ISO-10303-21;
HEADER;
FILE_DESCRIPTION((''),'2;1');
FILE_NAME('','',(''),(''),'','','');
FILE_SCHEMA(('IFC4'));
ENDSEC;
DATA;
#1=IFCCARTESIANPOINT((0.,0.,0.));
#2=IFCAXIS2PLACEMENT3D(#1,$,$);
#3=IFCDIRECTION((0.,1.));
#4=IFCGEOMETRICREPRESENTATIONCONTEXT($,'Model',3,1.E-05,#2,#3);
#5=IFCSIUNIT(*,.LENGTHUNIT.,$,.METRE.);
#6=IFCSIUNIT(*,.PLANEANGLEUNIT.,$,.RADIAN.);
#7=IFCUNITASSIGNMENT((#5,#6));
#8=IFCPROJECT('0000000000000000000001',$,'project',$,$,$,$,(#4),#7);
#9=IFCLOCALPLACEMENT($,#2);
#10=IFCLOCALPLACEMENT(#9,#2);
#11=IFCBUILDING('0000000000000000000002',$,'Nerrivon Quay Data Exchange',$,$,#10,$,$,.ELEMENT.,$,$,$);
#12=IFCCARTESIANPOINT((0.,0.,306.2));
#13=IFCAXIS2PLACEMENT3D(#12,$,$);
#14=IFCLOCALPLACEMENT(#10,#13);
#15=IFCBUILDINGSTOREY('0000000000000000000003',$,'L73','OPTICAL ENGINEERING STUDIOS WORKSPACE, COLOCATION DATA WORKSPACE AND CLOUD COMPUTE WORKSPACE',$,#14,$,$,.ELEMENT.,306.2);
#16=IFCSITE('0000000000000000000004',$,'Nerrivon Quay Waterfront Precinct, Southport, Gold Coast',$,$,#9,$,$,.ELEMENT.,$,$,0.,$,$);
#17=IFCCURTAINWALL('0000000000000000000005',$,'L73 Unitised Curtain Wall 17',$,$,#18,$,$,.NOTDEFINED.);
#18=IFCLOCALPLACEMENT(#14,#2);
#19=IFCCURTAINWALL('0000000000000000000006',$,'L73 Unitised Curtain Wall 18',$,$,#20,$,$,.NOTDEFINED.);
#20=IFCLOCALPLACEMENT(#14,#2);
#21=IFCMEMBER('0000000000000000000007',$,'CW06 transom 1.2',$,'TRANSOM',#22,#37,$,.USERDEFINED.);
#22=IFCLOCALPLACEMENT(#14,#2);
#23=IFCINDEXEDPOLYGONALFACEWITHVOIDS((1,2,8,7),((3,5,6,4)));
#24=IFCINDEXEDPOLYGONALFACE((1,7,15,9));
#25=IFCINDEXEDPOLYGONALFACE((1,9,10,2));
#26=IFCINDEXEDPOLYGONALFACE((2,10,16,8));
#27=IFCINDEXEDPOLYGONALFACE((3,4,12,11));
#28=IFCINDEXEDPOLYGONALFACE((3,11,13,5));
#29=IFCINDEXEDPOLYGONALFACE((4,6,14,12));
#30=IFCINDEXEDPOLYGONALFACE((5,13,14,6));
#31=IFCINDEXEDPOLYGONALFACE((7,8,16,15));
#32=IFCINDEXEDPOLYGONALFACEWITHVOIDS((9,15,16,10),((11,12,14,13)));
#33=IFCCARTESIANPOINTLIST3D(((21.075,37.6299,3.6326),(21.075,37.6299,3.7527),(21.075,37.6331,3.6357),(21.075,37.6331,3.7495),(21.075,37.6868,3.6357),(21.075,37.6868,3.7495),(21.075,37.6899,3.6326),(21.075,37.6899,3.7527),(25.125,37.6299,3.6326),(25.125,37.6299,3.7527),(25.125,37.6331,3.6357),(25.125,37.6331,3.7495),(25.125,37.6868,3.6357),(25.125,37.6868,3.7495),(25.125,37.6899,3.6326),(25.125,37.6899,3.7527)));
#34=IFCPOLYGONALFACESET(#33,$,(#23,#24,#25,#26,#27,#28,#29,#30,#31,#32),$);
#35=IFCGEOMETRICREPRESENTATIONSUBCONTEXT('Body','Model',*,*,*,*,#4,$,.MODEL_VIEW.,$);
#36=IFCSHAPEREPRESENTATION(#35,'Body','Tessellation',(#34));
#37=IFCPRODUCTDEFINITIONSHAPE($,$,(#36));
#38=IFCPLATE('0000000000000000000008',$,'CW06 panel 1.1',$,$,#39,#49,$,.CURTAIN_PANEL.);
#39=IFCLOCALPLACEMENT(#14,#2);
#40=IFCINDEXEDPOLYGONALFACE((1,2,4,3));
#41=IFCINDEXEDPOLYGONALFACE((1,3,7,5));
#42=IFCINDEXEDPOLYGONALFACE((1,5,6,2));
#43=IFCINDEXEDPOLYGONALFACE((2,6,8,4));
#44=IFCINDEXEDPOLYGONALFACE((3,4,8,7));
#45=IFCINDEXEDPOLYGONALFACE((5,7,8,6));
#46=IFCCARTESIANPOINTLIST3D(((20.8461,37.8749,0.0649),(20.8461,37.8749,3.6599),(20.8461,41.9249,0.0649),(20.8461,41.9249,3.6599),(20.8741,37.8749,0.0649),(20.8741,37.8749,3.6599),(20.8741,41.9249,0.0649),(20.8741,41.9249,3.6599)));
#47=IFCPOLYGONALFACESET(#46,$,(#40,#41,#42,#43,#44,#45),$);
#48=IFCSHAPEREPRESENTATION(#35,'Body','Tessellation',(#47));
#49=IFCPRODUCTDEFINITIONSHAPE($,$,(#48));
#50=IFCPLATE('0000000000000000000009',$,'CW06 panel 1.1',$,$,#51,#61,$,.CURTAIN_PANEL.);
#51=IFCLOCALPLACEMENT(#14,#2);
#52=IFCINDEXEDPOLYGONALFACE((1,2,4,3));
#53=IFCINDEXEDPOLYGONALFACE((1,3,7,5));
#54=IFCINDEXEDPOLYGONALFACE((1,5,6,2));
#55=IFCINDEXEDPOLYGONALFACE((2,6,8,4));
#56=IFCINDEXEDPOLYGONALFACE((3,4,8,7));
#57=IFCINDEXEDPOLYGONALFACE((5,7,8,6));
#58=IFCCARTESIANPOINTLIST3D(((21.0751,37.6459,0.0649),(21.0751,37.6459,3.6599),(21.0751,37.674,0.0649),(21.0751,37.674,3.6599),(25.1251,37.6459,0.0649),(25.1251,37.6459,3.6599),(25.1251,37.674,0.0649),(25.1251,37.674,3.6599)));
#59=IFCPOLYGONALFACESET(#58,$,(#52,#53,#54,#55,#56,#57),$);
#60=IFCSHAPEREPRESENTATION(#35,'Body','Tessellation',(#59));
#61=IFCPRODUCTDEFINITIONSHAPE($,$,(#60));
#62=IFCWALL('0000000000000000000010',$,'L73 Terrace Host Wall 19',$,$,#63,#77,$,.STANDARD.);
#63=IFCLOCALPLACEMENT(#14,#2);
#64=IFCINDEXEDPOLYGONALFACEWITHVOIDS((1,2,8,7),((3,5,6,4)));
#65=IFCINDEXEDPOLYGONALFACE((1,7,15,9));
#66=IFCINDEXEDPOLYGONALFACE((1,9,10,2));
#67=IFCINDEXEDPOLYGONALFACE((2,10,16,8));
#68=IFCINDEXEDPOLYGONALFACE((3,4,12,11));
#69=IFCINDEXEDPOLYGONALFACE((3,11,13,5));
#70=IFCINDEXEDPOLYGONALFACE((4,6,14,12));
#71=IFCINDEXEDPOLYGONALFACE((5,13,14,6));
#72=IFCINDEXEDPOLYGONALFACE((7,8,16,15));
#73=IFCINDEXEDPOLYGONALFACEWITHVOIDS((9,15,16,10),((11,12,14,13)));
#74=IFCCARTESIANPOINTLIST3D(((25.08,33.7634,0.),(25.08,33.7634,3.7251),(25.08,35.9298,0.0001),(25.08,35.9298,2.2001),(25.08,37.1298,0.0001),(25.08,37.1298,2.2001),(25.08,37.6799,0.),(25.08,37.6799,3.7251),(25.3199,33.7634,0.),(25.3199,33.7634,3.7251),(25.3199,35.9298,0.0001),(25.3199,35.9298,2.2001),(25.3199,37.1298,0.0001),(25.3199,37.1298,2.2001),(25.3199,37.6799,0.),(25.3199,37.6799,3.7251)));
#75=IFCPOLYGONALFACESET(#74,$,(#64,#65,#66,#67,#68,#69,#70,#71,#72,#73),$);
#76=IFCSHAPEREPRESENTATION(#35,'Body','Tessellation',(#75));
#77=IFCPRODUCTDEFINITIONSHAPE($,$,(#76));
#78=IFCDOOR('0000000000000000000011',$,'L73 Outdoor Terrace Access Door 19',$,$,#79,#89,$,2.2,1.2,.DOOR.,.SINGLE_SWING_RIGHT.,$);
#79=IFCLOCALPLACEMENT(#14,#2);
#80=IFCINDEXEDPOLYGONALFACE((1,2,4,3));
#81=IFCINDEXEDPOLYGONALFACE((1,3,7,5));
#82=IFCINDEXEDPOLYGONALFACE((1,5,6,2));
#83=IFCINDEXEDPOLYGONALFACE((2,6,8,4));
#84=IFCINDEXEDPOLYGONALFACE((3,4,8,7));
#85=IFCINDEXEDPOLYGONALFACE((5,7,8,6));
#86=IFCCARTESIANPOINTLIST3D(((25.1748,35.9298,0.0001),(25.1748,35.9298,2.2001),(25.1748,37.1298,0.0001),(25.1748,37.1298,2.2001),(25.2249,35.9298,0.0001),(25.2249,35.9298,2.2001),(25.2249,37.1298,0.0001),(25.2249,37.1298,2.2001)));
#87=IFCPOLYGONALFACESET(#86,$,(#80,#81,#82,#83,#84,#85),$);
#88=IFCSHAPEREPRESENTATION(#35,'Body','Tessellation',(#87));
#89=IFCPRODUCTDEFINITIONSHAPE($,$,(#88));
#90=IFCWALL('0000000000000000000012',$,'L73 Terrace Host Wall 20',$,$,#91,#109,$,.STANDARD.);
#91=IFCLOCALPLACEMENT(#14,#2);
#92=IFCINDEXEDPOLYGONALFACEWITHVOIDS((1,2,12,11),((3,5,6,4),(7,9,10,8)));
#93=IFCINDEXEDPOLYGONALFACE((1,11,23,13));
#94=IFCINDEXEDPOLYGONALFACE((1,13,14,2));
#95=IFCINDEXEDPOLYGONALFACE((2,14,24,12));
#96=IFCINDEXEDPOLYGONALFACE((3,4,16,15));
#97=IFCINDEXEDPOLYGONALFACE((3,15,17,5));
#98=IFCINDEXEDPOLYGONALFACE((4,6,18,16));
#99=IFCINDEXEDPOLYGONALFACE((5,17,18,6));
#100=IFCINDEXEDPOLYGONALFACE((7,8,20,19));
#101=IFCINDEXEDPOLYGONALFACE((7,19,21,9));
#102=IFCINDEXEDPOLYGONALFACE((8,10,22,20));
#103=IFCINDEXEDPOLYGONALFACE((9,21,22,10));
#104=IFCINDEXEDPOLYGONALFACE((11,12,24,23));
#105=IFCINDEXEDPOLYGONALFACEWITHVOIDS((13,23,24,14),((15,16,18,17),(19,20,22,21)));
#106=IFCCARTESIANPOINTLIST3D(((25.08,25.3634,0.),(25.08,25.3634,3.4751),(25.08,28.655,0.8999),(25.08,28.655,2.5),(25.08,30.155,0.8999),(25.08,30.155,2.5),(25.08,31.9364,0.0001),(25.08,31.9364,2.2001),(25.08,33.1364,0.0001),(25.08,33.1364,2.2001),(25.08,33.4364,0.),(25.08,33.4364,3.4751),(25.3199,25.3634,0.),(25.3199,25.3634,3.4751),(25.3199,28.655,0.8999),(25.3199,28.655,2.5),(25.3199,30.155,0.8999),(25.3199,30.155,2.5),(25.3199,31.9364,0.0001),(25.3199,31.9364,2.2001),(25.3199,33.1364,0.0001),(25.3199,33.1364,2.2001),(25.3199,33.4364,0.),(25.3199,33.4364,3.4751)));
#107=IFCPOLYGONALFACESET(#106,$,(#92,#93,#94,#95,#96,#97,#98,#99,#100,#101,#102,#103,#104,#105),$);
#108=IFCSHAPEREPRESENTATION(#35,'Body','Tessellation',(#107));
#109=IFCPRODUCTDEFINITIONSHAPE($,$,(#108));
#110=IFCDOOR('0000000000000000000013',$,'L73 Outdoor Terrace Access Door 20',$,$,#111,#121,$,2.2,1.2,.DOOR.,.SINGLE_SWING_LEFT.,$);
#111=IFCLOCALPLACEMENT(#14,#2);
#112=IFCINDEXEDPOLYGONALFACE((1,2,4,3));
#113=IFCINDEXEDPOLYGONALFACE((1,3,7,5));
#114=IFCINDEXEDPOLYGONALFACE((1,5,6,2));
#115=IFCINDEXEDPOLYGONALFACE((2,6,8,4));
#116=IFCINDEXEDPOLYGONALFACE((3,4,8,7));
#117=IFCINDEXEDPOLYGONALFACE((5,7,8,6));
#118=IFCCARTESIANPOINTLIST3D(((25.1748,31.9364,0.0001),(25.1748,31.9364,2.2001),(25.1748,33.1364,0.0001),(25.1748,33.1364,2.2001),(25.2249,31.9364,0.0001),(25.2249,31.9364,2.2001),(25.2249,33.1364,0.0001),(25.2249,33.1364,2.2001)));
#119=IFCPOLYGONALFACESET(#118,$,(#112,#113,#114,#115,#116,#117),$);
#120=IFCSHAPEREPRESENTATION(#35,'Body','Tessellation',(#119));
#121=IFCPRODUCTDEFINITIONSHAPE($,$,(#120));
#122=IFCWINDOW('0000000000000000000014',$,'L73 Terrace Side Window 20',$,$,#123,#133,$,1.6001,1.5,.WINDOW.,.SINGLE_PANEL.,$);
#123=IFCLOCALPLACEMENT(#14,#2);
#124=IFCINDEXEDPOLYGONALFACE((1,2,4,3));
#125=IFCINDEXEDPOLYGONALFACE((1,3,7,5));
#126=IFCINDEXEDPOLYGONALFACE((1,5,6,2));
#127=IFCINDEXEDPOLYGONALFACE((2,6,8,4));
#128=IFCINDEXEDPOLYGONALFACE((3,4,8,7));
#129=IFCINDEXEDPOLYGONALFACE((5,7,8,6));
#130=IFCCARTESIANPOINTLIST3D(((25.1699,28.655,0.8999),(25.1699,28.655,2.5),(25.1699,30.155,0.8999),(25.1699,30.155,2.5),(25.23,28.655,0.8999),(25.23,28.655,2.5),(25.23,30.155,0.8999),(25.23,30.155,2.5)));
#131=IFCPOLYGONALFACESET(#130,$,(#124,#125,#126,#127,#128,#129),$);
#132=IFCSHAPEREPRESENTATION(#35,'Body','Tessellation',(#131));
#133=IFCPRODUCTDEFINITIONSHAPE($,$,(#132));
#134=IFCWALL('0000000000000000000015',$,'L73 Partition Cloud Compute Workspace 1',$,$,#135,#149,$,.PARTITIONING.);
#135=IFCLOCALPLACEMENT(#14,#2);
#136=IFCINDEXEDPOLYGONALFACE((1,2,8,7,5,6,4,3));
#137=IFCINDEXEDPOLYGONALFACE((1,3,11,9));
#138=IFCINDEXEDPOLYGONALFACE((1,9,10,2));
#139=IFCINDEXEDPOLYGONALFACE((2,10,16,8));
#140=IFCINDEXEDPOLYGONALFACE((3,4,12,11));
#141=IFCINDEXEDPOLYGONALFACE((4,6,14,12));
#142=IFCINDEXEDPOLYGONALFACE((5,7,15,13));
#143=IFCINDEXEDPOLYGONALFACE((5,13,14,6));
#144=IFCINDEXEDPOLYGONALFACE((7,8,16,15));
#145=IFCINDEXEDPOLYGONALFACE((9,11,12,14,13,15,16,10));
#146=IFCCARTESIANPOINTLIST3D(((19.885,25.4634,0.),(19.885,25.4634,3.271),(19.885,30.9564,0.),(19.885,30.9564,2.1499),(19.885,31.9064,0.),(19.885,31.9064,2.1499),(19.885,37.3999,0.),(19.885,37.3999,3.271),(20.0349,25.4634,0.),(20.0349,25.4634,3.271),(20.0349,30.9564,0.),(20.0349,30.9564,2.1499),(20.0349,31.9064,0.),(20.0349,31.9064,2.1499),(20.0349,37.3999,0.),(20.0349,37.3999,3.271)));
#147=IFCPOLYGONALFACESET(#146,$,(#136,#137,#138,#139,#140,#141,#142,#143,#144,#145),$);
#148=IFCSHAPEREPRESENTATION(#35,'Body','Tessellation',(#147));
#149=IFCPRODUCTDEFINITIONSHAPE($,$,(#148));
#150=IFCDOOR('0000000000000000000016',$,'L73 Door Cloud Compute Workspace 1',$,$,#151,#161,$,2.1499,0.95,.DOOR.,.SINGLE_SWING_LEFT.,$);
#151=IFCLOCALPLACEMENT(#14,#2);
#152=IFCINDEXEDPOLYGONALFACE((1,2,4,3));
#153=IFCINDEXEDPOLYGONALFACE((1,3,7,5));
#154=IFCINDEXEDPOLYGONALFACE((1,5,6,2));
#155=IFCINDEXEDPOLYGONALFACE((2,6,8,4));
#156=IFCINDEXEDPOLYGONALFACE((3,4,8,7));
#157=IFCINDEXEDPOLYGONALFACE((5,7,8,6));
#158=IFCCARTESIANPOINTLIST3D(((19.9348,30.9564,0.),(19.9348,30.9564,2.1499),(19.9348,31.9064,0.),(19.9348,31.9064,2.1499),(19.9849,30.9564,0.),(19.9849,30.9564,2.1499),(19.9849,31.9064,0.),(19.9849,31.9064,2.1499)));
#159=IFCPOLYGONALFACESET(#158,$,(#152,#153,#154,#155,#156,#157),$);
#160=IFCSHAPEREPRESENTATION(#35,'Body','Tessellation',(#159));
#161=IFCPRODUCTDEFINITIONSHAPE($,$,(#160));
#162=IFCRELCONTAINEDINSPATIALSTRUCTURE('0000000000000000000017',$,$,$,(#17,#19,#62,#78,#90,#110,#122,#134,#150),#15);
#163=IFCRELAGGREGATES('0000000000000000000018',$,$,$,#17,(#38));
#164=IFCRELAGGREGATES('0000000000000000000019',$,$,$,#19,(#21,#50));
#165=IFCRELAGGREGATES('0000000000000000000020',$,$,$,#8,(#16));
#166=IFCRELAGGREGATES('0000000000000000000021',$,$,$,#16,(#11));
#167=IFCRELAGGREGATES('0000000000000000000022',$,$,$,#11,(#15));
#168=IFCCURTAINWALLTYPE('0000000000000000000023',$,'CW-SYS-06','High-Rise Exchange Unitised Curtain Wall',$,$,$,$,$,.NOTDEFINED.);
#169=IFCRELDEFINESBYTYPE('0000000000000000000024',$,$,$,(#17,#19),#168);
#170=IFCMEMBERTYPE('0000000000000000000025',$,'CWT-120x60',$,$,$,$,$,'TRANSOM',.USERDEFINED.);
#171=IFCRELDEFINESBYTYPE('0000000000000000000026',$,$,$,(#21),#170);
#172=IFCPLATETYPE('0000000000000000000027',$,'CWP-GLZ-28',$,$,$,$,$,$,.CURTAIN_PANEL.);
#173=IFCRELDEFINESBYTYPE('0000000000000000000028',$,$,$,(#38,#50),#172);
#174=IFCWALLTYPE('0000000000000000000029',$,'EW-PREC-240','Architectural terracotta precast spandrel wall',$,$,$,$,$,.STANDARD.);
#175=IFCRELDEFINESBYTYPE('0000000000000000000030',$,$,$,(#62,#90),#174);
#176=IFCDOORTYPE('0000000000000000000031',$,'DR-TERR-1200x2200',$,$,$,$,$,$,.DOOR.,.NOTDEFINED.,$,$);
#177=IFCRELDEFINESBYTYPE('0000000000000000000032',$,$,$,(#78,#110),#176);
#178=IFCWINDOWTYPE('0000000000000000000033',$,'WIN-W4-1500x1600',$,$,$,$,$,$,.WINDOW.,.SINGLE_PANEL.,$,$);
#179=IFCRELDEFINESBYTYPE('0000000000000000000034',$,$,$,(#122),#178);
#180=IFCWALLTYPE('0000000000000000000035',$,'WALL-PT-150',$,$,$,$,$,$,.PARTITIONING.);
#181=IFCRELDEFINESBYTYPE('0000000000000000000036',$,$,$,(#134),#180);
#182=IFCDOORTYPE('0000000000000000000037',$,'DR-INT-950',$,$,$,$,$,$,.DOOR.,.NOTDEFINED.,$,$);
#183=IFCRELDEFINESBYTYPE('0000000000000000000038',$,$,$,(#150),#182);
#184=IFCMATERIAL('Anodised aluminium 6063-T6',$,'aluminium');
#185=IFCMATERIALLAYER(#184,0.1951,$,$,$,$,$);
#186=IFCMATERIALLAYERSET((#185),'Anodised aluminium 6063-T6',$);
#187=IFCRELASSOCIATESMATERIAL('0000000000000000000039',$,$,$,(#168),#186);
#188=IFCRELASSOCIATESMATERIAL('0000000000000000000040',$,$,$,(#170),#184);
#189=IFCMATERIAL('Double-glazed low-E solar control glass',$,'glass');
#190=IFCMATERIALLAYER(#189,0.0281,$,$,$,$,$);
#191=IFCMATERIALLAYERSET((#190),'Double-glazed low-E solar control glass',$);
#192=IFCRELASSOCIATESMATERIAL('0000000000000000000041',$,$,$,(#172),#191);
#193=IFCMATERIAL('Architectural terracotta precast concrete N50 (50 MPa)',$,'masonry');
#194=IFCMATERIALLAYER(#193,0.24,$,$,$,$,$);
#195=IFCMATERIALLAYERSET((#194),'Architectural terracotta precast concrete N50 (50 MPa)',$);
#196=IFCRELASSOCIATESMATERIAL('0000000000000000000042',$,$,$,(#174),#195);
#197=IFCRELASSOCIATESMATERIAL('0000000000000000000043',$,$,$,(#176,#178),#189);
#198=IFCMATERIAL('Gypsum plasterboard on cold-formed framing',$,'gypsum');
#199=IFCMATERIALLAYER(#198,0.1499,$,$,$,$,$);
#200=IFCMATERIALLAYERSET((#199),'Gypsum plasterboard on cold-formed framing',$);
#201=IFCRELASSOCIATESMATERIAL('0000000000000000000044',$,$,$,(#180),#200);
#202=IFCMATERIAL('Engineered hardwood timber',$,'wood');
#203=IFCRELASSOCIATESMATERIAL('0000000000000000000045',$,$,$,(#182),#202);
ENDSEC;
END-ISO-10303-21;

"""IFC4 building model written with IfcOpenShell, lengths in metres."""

from ifc_helpers import new_model, si_unit, direction, frame, frame_2d, origin, origin_2d, place, context, subcontext, project, spatial, rectangle, hollow_rectangle, extrude, material, layer, layer_set, material_profile, profile_set, type_object, element, fill, aggregate, save


model = new_model("IFC4")

# Units and contexts
model_context = context("Model", 3, precision=1e-05, world=origin(), true_north=direction((0.0, 1.0)))
body_context = subcontext(model_context, "Body", "Model", "MODEL_VIEW")
ifc_project = project(units=[si_unit("LENGTHUNIT", "METRE"), si_unit("PLANEANGLEUNIT", "RADIAN")], contexts=[model_context])

# Site, building, storey
site_placement = place(None, origin())
site = spatial("IfcSite", under=ifc_project, at=site_placement, Name="Nerrivon Quay Waterfront Precinct, Southport, Gold Coast", CompositionType="ELEMENT", RefElevation=0.0)
building_placement = place(site_placement, origin())
building = spatial("IfcBuilding", under=site, at=building_placement, Name="Nerrivon Quay Data Exchange", CompositionType="ELEMENT")
storey_placement = place(building_placement, frame((0.0, 0.0, 306.2)))
storey = spatial("IfcBuildingStorey", under=building, at=storey_placement, Name="L73", Description="OPTICAL ENGINEERING STUDIOS WORKSPACE, COLOCATION DATA WORKSPACE AND CLOUD COMPUTE WORKSPACE", CompositionType="ELEMENT", Elevation=306.2)

# Shared definitions
ifc_material_1 = material(Name="Anodised aluminium 6063-T6", Category="aluminium")
ifc_layer_1 = layer(ifc_material_1, 0.1951)
ifc_layer_set_1 = layer_set([ifc_layer_1], Name="Anodised aluminium 6063-T6")
curtain_wall_type = type_object("IfcCurtainWallType", Name="CW-SYS-06", Description="High-Rise Exchange Unitised Curtain Wall", PredefinedType="NOTDEFINED", material=ifc_layer_set_1)

# Curtain walls
curtain_wall_1_placement = place(storey_placement, origin())
curtain_wall_1 = element("IfcCurtainWall", 1, at=curtain_wall_1_placement, inside=storey, type_object=curtain_wall_type, Name="L73 Unitised Curtain Wall 17", PredefinedType="NOTDEFINED")
curtain_wall_2_placement = place(storey_placement, origin())
curtain_wall_2 = element("IfcCurtainWall", 2, at=curtain_wall_2_placement, inside=storey, type_object=curtain_wall_type, Name="L73 Unitised Curtain Wall 18", PredefinedType="NOTDEFINED")

# Member
ifc_material_profile_1 = material_profile(ifc_material_1, hollow_rectangle(XDim=0.0601, YDim=0.1201, WallThickness=0.0032, at=origin_2d()), Name="ALU-TRAN-120x60")
ifc_profile_set_1 = profile_set([ifc_material_profile_1], Name="Anodised aluminium 6063-T6")
member_type_1 = type_object("IfcMemberType", Name="CWT-120x60", ElementType="TRANSOM", PredefinedType="USERDEFINED", material=ifc_profile_set_1)
member_1_placement = place(storey_placement, frame((21.075, 37.6599, 3.6926), z_axis=(1.0, 0.0, 0.0), x_axis=(0.0, 1.0, 0.0)))
member_1 = element("IfcMember", 3, at=member_1_placement, type_object=member_type_1, Name="CW06 transom 1.2", ObjectType="TRANSOM", PredefinedType="USERDEFINED", context=body_context, shape_type="SweptSolid", body=[
    extrude(hollow_rectangle(XDim=0.0601, YDim=0.1201, WallThickness=0.0032, at=origin_2d()), origin(), (0.0, 0.0, 1.0), 4.05),
])

# Plates
ifc_material_2 = material(Name="Double-glazed low-E solar control glass", Category="glass")
ifc_layer_2 = layer(ifc_material_2, 0.0281)
ifc_layer_set_2 = layer_set([ifc_layer_2], Name="Double-glazed low-E solar control glass")
plate_type = type_object("IfcPlateType", Name="CWP-GLZ-28", PredefinedType="CURTAIN_PANEL", material=ifc_layer_set_2)
plate_1_placement = place(storey_placement, frame((20.8601, 39.8999, 0.0649), z_axis=(0.0, 0.0, 1.0), x_axis=(0.0, -1.0, 0.0)))
plate_1 = element("IfcPlate", 4, at=plate_1_placement, type_object=plate_type, Name="CW06 panel 1.1", PredefinedType="CURTAIN_PANEL", context=body_context, shape_type="SweptSolid", body=[
    extrude(rectangle(XDim=4.05, YDim=0.0281, at=origin_2d()), origin(), (0.0, 0.0, 1.0), 3.595),
])
aggregate(curtain_wall_1, [plate_1])
plate_2_placement = place(storey_placement, frame((23.1001, 37.6599, 0.0649), z_axis=(0.0, 0.0, 1.0), x_axis=(1.0, 0.0, 0.0)))
plate_2 = element("IfcPlate", 5, at=plate_2_placement, type_object=plate_type, Name="CW06 panel 1.1", PredefinedType="CURTAIN_PANEL", context=body_context, shape_type="SweptSolid", body=[
    extrude(rectangle(XDim=4.05, YDim=0.0281, at=origin_2d()), origin(), (0.0, 0.0, 1.0), 3.595),
])
aggregate(curtain_wall_2, [member_1, plate_2])

# Wall, opening, door
ifc_material_3 = material(Name="Architectural terracotta precast concrete N50 (50 MPa)", Category="masonry")
ifc_layer_3 = layer(ifc_material_3, 0.24)
ifc_layer_set_3 = layer_set([ifc_layer_3], Name="Architectural terracotta precast concrete N50 (50 MPa)")
wall_type_1 = type_object("IfcWallType", Name="EW-PREC-240", Description="Architectural terracotta precast spandrel wall", PredefinedType="STANDARD", material=ifc_layer_set_3)
wall_1_placement = place(storey_placement, frame((25.2, 37.6799, 0.0), z_axis=(0.0, 0.0, 1.0), x_axis=(0.0, -1.0, 0.0)))
wall_1 = element("IfcWall", 6, at=wall_1_placement, inside=storey, type_object=wall_type_1, Name="L73 Terrace Host Wall 19", PredefinedType="STANDARD", context=body_context, shape_type="SweptSolid", body=[
    extrude(rectangle(XDim=3.9165, YDim=0.24, at=frame_2d((1.9583, 0.0))), origin(), (0.0, 0.0, 1.0), 3.7251),
])
opening_1_placement = place(wall_1_placement, frame((0.55, 0.0, 0.0)))
opening_1 = element("IfcOpeningElement", 7, at=opening_1_placement, cuts=wall_1, PredefinedType="OPENING", context=body_context, shape_type="SweptSolid", body=[
    extrude(rectangle(XDim=1.2, YDim=2.2, at=frame_2d((0.6001, 1.1001))), frame((0.0, 0.1299, 0.0), z_axis=(0.0, -1.0, 0.0), x_axis=(1.0, 0.0, 0.0)), (0.0, 0.0, 1.0), 0.26),
])
door_type_1 = type_object("IfcDoorType", Name="DR-TERR-1200x2200", OperationType="NOTDEFINED", PredefinedType="DOOR", material=ifc_material_2)
door_1_placement = place(opening_1_placement, origin())
door_1 = element("IfcDoor", 8, at=door_1_placement, inside=storey, type_object=door_type_1, Name="L73 Outdoor Terrace Access Door 19", OperationType="SINGLE_SWING_RIGHT", OverallHeight=2.2, OverallWidth=1.2, PredefinedType="DOOR", context=body_context, shape_type="SweptSolid", body=[
    extrude(rectangle(XDim=1.2, YDim=2.2, at=frame_2d((0.6001, 1.1001))), frame((0.0, 0.0249, 0.0), z_axis=(0.0, -1.0, 0.0), x_axis=(1.0, 0.0, 0.0)), (0.0, 0.0, 1.0), 0.05),
])
fill(opening_1, door_1)

# Wall, openings, door, window
wall_2_placement = place(storey_placement, frame((25.2, 33.4365, 0.0), z_axis=(0.0, 0.0, 1.0), x_axis=(0.0, -1.0, 0.0)))
wall_2 = element("IfcWall", 9, at=wall_2_placement, inside=storey, type_object=wall_type_1, Name="L73 Terrace Host Wall 20", PredefinedType="STANDARD", context=body_context, shape_type="SweptSolid", body=[
    extrude(rectangle(XDim=8.073, YDim=0.24, at=frame_2d((4.0366, 0.0))), origin(), (0.0, 0.0, 1.0), 3.4751),
])
opening_2_placement = place(wall_2_placement, frame((0.3, 0.0, 0.0)))
opening_2 = element("IfcOpeningElement", 10, at=opening_2_placement, cuts=wall_2, PredefinedType="OPENING", context=body_context, shape_type="SweptSolid", body=[
    extrude(rectangle(XDim=1.2, YDim=2.2, at=frame_2d((0.6001, 1.1001))), frame((0.0, 0.1299, 0.0), z_axis=(0.0, -1.0, 0.0), x_axis=(1.0, 0.0, 0.0)), (0.0, 0.0, 1.0), 0.26),
])
opening_3_placement = place(wall_2_placement, frame((3.2815, 0.0, 0.8999)))
opening_3 = element("IfcOpeningElement", 11, at=opening_3_placement, cuts=wall_2, PredefinedType="OPENING", context=body_context, shape_type="SweptSolid", body=[
    extrude(rectangle(XDim=1.5, YDim=1.6001, at=frame_2d((0.75, 0.8))), frame((0.0, 0.1299, 0.0), z_axis=(0.0, -1.0, 0.0), x_axis=(1.0, 0.0, 0.0)), (0.0, 0.0, 1.0), 0.26),
])
door_2_placement = place(opening_2_placement, origin())
door_2 = element("IfcDoor", 12, at=door_2_placement, inside=storey, type_object=door_type_1, Name="L73 Outdoor Terrace Access Door 20", OperationType="SINGLE_SWING_LEFT", OverallHeight=2.2, OverallWidth=1.2, PredefinedType="DOOR", context=body_context, shape_type="SweptSolid", body=[
    extrude(rectangle(XDim=1.2, YDim=2.2, at=frame_2d((0.6001, 1.1001))), frame((0.0, 0.0249, 0.0), z_axis=(0.0, -1.0, 0.0), x_axis=(1.0, 0.0, 0.0)), (0.0, 0.0, 1.0), 0.05),
])
fill(opening_2, door_2)
window_type = type_object("IfcWindowType", Name="WIN-W4-1500x1600", PartitioningType="SINGLE_PANEL", PredefinedType="WINDOW", material=ifc_material_2)
window_placement = place(opening_3_placement, origin())
window = element("IfcWindow", 13, at=window_placement, inside=storey, type_object=window_type, Name="L73 Terrace Side Window 20", OverallHeight=1.6001, OverallWidth=1.5, PartitioningType="SINGLE_PANEL", PredefinedType="WINDOW", context=body_context, shape_type="SweptSolid", body=[
    extrude(rectangle(XDim=1.5, YDim=1.6001, at=frame_2d((0.75, 0.8))), frame((0.0, 0.03, 0.0), z_axis=(0.0, -1.0, 0.0), x_axis=(1.0, 0.0, 0.0)), (0.0, 0.0, 1.0), 0.0601),
])
fill(opening_3, window)

# Wall, opening, door
ifc_material_4 = material(Name="Gypsum plasterboard on cold-formed framing", Category="gypsum")
ifc_layer_4 = layer(ifc_material_4, 0.1499)
ifc_layer_set_4 = layer_set([ifc_layer_4], Name="Gypsum plasterboard on cold-formed framing")
wall_type_2 = type_object("IfcWallType", Name="WALL-PT-150", PredefinedType="PARTITIONING", material=ifc_layer_set_4)
wall_3_placement = place(storey_placement, frame((19.96, 37.3999, 0.0), z_axis=(0.0, 0.0, 1.0), x_axis=(0.0, -1.0, 0.0)))
wall_3 = element("IfcWall", 14, at=wall_3_placement, inside=storey, type_object=wall_type_2, Name="L73 Partition Cloud Compute Workspace 1", PredefinedType="PARTITIONING", context=body_context, shape_type="SweptSolid", body=[
    extrude(rectangle(XDim=11.9365, YDim=0.1499, at=frame_2d((5.9683, 0.0))), origin(), (0.0, 0.0, 1.0), 3.271),
])
opening_4_placement = place(wall_3_placement, frame((5.4934, 0.0, 0.0)))
opening_4 = element("IfcOpeningElement", 15, at=opening_4_placement, cuts=wall_3, PredefinedType="OPENING", context=body_context, shape_type="SweptSolid", body=[
    extrude(rectangle(XDim=0.95, YDim=2.1499, at=frame_2d((0.4751, 1.075))), frame((0.0, 0.085, 0.0), z_axis=(0.0, -1.0, 0.0), x_axis=(1.0, 0.0, 0.0)), (0.0, 0.0, 1.0), 0.1699),
])
ifc_material_5 = material(Name="Engineered hardwood timber", Category="wood")
door_type_2 = type_object("IfcDoorType", Name="DR-INT-950", OperationType="NOTDEFINED", PredefinedType="DOOR", material=ifc_material_5)
door_3_placement = place(opening_4_placement, origin())
door_3 = element("IfcDoor", 16, at=door_3_placement, inside=storey, type_object=door_type_2, Name="L73 Door Cloud Compute Workspace 1", OperationType="SINGLE_SWING_LEFT", OverallHeight=2.1499, OverallWidth=0.95, PredefinedType="DOOR", context=body_context, shape_type="SweptSolid", body=[
    extrude(rectangle(XDim=0.95, YDim=2.1499, at=frame_2d((0.4751, 1.075))), frame((0.0, 0.0249, 0.0), z_axis=(0.0, -1.0, 0.0), x_axis=(1.0, 0.0, 0.0)), (0.0, 0.0, 1.0), 0.05),
])
fill(opening_4, door_3)

save(model, "model.ifc")
